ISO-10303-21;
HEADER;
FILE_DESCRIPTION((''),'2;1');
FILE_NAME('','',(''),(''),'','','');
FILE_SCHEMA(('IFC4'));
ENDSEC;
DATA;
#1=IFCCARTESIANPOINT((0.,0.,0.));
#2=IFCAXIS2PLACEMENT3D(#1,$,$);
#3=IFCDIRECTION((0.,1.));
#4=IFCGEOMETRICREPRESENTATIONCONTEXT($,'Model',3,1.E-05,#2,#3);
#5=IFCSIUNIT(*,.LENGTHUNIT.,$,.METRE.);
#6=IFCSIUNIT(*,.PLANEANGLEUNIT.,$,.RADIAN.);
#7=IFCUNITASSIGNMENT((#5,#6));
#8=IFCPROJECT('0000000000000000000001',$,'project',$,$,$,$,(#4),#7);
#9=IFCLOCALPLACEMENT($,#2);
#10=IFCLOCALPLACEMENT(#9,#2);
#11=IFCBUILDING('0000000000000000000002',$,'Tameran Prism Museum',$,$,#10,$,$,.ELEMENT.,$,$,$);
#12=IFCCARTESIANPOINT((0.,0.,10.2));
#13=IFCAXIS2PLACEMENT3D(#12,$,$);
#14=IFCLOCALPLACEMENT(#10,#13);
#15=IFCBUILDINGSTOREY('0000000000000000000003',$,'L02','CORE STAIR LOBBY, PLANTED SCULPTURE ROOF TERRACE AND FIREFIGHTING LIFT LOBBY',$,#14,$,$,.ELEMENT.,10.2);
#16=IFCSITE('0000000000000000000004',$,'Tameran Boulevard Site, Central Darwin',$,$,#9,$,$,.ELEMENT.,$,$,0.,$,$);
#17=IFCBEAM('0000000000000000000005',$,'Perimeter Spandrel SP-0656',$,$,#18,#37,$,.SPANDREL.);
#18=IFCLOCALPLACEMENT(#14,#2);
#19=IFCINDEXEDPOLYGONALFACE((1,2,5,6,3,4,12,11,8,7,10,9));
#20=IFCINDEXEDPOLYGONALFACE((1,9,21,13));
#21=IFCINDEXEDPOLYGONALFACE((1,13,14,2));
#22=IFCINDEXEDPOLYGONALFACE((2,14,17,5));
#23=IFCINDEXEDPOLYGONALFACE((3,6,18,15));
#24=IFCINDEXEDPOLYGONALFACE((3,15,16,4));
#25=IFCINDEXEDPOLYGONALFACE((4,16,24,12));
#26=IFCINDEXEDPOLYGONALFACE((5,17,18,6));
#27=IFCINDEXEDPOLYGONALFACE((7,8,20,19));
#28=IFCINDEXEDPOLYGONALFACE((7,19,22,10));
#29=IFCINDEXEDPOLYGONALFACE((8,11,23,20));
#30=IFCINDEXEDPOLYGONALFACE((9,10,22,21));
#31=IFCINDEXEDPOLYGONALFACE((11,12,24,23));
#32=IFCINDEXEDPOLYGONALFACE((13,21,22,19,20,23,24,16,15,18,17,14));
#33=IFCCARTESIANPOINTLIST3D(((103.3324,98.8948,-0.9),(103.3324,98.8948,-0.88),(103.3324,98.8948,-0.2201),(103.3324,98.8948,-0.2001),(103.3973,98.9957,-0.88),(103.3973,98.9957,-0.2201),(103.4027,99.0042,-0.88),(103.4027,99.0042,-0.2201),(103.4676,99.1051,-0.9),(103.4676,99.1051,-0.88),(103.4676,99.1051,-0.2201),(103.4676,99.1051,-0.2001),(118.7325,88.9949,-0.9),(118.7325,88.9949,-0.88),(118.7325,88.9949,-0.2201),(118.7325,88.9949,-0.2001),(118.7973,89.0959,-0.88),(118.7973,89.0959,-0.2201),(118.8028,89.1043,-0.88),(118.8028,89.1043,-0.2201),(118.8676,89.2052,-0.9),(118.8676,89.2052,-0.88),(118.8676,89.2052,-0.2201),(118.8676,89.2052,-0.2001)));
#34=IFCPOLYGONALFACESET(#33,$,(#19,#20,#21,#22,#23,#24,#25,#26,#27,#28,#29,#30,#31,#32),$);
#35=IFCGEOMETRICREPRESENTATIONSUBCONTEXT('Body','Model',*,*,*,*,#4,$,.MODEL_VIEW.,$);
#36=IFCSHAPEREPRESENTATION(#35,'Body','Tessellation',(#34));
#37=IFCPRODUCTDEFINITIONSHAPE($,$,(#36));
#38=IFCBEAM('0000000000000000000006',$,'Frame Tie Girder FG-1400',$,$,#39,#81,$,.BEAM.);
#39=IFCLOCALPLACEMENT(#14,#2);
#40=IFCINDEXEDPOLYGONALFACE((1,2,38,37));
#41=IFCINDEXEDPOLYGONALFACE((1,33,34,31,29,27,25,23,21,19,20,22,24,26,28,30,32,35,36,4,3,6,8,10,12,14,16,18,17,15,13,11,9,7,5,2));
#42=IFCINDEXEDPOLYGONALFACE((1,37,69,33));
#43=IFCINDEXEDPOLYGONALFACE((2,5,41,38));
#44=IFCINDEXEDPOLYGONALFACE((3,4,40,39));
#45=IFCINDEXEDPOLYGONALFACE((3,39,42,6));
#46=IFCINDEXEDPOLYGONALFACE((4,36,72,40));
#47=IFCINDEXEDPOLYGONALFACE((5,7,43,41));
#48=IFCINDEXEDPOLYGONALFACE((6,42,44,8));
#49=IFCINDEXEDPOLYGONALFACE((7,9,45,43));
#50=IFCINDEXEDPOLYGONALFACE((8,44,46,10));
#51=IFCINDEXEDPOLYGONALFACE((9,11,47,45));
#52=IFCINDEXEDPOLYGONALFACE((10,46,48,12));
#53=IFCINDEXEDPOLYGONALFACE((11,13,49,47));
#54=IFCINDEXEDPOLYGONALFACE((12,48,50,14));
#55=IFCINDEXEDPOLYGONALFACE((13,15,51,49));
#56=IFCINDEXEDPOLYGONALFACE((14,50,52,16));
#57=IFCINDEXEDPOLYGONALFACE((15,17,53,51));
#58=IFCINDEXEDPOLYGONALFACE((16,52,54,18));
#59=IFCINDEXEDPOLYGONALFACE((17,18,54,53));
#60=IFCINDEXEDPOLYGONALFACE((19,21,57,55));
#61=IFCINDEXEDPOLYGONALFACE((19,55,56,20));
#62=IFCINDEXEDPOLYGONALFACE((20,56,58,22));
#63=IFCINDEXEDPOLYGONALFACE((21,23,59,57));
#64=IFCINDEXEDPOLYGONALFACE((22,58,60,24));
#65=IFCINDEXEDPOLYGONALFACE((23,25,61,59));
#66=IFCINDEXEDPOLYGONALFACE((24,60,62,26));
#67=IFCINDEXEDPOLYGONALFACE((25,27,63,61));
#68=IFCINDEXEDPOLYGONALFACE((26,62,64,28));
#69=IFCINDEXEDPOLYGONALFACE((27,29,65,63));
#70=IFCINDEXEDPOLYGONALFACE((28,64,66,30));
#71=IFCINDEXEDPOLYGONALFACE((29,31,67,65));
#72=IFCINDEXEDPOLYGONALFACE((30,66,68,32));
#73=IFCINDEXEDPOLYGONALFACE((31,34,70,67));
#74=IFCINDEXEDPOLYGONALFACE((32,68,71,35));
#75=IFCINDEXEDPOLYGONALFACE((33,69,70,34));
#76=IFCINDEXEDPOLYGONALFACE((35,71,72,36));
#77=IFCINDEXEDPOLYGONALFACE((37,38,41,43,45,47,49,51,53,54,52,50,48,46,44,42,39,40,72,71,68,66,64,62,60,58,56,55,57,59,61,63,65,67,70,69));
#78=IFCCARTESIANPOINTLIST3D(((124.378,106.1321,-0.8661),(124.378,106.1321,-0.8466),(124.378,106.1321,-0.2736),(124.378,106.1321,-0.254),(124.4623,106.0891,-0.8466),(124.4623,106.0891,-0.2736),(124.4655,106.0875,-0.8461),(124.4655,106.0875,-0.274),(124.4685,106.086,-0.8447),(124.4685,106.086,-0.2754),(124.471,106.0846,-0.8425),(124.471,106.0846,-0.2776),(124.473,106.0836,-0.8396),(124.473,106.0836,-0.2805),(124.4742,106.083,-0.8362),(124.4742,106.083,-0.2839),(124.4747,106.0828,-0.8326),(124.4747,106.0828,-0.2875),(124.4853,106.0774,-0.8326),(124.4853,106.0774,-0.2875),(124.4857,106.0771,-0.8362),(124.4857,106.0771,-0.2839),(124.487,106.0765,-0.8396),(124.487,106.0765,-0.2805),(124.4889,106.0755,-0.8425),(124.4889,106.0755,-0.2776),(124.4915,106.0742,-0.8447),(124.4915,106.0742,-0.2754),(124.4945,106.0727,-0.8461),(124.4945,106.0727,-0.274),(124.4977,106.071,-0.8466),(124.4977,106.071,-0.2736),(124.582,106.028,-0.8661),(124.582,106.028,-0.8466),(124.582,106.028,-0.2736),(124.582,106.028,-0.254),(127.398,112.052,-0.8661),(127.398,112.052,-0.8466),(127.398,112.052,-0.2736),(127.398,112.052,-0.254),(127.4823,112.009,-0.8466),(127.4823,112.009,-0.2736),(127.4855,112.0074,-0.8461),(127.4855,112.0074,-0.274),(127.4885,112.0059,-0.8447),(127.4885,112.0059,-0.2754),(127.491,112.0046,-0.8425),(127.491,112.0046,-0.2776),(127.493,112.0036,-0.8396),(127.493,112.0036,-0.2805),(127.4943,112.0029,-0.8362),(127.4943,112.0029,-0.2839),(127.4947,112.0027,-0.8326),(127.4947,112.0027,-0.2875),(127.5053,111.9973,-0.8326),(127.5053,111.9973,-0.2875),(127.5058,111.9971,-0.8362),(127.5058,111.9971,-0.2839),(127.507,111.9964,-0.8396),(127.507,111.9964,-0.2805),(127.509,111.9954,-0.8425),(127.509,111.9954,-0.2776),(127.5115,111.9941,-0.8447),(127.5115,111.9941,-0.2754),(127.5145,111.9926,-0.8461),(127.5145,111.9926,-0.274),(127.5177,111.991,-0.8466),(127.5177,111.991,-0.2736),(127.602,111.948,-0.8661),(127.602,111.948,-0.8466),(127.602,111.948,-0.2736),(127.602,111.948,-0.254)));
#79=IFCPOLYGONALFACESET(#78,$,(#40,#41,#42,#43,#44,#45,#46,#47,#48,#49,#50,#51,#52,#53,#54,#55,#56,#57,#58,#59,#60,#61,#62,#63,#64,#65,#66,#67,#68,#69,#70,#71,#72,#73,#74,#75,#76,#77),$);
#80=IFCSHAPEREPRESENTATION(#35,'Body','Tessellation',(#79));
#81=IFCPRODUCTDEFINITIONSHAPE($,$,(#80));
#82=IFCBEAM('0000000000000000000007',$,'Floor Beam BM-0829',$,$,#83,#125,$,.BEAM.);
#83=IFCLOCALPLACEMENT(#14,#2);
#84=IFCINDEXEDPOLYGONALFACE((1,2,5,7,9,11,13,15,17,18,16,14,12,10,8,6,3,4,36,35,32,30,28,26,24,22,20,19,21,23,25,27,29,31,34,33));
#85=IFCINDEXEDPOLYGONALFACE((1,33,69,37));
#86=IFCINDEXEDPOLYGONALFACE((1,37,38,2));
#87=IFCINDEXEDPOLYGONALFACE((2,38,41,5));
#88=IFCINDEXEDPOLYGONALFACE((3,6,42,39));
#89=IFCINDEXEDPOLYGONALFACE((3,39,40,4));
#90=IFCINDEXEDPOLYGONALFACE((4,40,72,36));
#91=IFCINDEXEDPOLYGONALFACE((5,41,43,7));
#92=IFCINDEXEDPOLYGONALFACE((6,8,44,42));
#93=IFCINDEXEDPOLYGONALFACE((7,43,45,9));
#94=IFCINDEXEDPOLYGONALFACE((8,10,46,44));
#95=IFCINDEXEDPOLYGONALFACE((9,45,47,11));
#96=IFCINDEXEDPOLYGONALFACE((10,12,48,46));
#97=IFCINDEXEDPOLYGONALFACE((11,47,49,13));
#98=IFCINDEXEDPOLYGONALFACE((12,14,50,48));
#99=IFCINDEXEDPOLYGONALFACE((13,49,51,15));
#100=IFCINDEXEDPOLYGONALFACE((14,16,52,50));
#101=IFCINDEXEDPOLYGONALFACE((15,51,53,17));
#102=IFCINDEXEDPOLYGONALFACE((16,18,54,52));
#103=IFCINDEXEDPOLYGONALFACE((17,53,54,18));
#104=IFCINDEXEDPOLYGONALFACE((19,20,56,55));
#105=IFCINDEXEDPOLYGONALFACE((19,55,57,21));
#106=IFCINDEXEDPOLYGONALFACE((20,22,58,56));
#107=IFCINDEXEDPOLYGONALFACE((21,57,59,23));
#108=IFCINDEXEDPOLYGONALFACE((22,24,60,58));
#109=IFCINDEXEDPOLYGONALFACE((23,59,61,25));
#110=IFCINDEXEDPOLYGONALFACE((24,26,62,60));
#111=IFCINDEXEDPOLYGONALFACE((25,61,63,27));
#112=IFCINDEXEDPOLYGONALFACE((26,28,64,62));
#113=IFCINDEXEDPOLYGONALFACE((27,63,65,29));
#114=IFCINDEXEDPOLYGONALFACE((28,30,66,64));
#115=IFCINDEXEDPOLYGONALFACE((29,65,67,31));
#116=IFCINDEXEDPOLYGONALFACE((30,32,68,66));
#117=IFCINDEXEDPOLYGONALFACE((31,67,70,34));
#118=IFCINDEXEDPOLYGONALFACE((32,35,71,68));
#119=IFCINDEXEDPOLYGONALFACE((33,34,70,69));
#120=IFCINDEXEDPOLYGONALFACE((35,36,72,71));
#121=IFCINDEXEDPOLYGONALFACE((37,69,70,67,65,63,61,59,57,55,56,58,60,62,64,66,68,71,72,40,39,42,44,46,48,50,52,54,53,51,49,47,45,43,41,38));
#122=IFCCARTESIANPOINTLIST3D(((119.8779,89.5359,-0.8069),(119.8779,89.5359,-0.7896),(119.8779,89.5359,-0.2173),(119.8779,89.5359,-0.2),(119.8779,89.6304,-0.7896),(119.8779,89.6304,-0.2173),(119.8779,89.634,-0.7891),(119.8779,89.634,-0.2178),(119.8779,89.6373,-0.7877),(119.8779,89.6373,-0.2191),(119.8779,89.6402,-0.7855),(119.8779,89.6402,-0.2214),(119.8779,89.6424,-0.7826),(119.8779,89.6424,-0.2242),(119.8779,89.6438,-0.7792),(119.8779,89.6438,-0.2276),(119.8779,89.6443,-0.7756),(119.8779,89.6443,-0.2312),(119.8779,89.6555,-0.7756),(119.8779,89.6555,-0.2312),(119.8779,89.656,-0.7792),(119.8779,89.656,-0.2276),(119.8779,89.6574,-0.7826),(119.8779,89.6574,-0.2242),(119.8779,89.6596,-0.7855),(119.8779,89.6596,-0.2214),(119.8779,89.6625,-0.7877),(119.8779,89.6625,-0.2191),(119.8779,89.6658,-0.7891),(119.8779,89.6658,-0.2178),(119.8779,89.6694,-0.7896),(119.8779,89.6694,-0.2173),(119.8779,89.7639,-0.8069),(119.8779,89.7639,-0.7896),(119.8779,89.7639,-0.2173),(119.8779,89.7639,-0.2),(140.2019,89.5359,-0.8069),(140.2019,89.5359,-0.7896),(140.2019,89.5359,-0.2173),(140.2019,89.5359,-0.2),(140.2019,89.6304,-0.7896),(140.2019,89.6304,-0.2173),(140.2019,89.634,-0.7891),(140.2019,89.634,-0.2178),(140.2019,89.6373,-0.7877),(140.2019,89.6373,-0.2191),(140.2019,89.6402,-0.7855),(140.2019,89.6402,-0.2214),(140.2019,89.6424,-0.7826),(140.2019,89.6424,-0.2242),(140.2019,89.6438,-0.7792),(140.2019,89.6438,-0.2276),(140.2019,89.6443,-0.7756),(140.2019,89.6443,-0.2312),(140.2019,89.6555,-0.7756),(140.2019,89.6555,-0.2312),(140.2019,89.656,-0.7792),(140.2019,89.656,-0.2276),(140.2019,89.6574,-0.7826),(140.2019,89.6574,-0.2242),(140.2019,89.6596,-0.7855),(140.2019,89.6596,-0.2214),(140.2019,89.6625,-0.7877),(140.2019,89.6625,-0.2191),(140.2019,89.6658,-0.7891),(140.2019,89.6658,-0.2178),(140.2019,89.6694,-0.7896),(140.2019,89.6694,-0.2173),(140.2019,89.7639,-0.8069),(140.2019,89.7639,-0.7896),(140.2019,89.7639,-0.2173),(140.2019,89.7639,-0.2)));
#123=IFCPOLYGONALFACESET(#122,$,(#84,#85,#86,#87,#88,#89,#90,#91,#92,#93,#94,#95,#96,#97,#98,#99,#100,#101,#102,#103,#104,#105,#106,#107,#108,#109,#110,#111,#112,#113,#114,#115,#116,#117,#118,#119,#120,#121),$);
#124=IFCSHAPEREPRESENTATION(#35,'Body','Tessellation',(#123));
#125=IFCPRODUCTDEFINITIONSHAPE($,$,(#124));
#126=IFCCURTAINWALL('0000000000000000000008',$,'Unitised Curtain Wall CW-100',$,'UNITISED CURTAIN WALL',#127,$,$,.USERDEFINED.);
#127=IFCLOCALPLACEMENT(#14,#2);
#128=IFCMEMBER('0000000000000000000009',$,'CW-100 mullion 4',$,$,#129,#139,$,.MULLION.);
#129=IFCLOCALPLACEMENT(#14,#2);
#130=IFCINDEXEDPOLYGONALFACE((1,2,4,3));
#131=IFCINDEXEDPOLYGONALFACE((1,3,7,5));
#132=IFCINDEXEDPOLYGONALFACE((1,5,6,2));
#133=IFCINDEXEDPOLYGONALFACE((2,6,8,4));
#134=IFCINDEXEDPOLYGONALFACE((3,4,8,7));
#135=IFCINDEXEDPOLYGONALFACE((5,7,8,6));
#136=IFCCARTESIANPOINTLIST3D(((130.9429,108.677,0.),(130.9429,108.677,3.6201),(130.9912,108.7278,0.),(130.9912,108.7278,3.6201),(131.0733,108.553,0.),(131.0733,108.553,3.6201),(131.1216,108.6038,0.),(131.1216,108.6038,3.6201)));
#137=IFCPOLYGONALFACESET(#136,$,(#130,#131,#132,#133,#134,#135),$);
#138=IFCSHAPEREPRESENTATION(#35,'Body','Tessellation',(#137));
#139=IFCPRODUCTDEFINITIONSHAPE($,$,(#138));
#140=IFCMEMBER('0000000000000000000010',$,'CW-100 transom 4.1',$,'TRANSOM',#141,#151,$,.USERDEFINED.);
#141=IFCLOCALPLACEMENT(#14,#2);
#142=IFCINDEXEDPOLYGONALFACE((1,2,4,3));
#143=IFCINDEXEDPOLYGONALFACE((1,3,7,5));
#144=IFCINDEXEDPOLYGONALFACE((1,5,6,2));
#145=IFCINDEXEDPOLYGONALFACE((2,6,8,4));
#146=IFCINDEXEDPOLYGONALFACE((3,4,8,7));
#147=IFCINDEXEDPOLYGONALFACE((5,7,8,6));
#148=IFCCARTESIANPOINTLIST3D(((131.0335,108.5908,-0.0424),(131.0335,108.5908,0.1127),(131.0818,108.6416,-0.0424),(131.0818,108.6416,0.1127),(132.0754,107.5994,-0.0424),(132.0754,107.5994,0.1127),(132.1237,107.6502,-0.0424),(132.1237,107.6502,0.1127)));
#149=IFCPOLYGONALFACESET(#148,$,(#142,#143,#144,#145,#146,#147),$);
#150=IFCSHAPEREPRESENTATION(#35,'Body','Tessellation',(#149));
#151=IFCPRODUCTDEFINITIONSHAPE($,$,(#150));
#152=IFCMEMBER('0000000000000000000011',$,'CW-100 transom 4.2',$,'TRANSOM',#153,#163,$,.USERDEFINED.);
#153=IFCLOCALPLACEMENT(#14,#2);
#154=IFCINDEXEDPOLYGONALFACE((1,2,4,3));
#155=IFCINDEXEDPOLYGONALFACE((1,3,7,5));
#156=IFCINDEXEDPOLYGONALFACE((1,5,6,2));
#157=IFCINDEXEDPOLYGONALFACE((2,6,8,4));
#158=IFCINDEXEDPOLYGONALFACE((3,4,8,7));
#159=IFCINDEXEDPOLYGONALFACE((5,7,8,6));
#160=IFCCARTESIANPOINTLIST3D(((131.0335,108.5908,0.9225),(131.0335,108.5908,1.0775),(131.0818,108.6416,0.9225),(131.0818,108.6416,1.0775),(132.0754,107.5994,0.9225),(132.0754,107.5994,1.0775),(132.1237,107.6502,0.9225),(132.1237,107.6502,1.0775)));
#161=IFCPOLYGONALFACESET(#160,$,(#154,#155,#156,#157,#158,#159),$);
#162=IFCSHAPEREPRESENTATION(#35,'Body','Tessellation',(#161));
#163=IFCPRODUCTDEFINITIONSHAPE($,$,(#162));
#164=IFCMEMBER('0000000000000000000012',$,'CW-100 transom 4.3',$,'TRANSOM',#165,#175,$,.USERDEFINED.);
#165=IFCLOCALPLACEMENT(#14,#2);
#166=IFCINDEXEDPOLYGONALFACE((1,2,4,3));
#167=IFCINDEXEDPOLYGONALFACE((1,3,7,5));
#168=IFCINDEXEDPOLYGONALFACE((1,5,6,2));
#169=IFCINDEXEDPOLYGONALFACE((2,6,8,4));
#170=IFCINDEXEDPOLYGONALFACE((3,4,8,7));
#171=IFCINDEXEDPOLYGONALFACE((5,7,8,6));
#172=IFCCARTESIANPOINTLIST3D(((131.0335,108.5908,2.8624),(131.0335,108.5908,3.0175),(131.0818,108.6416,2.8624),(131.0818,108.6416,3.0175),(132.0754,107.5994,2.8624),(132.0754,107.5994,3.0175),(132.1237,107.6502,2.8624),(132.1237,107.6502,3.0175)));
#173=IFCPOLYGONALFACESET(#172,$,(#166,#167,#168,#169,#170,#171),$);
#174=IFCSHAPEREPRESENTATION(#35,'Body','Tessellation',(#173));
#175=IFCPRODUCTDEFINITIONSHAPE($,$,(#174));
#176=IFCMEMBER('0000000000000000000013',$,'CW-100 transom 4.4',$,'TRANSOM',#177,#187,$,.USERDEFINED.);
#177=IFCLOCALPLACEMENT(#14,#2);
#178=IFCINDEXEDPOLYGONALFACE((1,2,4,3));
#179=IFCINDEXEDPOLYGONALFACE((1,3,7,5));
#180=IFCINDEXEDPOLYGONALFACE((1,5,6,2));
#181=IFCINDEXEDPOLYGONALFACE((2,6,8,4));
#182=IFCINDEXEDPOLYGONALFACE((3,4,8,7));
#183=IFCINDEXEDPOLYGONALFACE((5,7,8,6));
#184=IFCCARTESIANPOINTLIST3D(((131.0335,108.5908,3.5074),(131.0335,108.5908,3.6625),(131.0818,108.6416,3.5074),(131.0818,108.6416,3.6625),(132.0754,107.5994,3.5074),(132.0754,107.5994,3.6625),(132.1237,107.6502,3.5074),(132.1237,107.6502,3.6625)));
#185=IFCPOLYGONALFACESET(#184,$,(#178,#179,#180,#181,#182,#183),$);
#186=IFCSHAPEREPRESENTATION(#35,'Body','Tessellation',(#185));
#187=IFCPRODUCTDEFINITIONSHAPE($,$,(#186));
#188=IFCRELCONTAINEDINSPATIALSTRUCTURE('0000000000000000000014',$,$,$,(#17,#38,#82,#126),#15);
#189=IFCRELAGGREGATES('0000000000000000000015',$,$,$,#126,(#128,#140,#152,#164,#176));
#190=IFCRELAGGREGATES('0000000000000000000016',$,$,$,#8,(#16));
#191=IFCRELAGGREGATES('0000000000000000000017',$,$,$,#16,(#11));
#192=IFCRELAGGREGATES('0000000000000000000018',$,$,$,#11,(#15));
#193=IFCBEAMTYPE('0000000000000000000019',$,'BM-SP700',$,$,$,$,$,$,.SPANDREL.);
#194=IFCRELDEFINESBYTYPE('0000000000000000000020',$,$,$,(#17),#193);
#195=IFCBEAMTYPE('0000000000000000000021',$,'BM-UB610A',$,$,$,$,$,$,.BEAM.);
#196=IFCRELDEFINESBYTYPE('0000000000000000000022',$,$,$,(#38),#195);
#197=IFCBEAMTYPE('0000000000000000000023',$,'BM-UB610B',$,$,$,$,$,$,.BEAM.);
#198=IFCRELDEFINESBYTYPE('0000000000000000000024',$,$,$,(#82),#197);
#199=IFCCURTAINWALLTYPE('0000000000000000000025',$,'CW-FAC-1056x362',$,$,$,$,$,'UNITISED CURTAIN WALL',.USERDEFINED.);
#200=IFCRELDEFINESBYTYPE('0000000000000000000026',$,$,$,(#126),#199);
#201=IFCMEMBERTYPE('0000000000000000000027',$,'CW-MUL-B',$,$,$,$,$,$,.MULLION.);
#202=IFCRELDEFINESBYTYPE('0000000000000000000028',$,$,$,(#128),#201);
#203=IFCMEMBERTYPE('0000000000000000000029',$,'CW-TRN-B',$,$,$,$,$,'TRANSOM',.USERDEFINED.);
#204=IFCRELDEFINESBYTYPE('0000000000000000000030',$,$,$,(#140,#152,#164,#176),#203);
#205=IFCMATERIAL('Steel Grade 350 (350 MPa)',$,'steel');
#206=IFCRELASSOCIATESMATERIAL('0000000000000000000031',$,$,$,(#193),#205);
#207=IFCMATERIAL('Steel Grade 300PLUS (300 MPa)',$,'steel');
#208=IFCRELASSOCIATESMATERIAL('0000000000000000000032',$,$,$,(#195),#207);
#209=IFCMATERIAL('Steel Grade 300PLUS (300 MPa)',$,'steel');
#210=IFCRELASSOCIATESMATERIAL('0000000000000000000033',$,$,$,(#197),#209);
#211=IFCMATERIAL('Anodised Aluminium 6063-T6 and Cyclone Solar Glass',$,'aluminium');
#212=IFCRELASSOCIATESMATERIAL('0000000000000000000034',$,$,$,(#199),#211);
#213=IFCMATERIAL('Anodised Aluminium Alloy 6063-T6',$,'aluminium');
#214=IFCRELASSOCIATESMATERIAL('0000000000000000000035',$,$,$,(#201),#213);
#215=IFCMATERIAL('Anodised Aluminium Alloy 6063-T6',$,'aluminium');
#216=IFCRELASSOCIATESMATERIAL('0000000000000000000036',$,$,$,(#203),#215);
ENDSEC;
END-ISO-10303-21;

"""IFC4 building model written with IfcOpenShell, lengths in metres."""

from ifc_helpers import new_model, si_unit, direction, frame, origin, origin_2d, place, context, subcontext, project, spatial, rectangle, i_section, extrude, material, material_profile, profile_set, type_object, element, aggregate, save


model = new_model("IFC4")

# Units and contexts
model_context = context("Model", 3, precision=1e-05, world=origin(), true_north=direction((0.0, 1.0)))
body_context = subcontext(model_context, "Body", "Model", "MODEL_VIEW")
ifc_project = project(units=[si_unit("LENGTHUNIT", "METRE"), si_unit("PLANEANGLEUNIT", "RADIAN")], contexts=[model_context])

# Site, building, storey
site_placement = place(None, origin())
site = spatial("IfcSite", under=ifc_project, at=site_placement, Name="Tameran Boulevard Site, Central Darwin", CompositionType="ELEMENT", RefElevation=0.0)
building_placement = place(site_placement, origin())
building = spatial("IfcBuilding", under=site, at=building_placement, Name="Tameran Prism Museum", CompositionType="ELEMENT")
storey_placement = place(building_placement, frame((0.0, 0.0, 10.2)))
storey = spatial("IfcBuildingStorey", under=building, at=storey_placement, Name="L02", Description="CORE STAIR LOBBY, PLANTED SCULPTURE ROOF TERRACE AND FIREFIGHTING LIFT LOBBY", CompositionType="ELEMENT", Elevation=10.2)

# Beams
ifc_material_1 = material(Name="Steel Grade 350 (350 MPa)", Category="steel")
ifc_material_profile_1 = material_profile(ifc_material_1, i_section(OverallWidth=0.25, OverallDepth=0.7, WebThickness=0.01, FlangeThickness=0.02, at=origin_2d()))
ifc_profile_set_1 = profile_set([ifc_material_profile_1])
beam_type_1 = type_object("IfcBeamType", Name="BM-SP700", PredefinedType="SPANDREL", material=ifc_profile_set_1)
beam_1_placement = place(storey_placement, frame((118.8, 89.1001, -0.55), z_axis=(-0.841183, 0.54075, 0.0), x_axis=(-0.54075, -0.841183, 0.0)))
element("IfcBeam", 1, at=beam_1_placement, inside=storey, type_object=beam_type_1, Name="Perimeter Spandrel SP-0656", PredefinedType="SPANDREL", context=body_context, shape_type="SweptSolid", body=[
    extrude(i_section(OverallWidth=0.25, OverallDepth=0.7, WebThickness=0.01, FlangeThickness=0.02, at=origin_2d()), origin(), (0.0, 0.0, 1.0), 18.3076),
])
ifc_material_2 = material(Name="Steel Grade 300PLUS (300 MPa)", Category="steel")
ifc_material_profile_2 = material_profile(ifc_material_2, i_section(OverallWidth=0.229, OverallDepth=0.6121, WebThickness=0.012, FlangeThickness=0.0195, FilletRadius=0.0139, at=origin_2d()))
ifc_profile_set_2 = profile_set([ifc_material_profile_2])
beam_type_2 = type_object("IfcBeamType", Name="BM-UB610A", PredefinedType="BEAM", material=ifc_profile_set_2)
beam_2_placement = place(storey_placement, frame((124.48, 106.0801, -0.5601), z_axis=(0.454429, 0.890783, 0.0), x_axis=(-0.890783, 0.454429, 0.0)))
element("IfcBeam", 2, at=beam_2_placement, inside=storey, type_object=beam_type_2, Name="Frame Tie Girder FG-1400", PredefinedType="BEAM", context=body_context, shape_type="SweptSolid", body=[
    extrude(i_section(OverallWidth=0.229, OverallDepth=0.6121, WebThickness=0.012, FlangeThickness=0.0195, FilletRadius=0.0139, at=origin_2d()), origin(), (0.0, 0.0, 1.0), 6.6458),
])
ifc_material_3 = material(Name="Steel Grade 300PLUS (300 MPa)", Category="steel")
ifc_material_profile_3 = material_profile(ifc_material_3, i_section(OverallWidth=0.228, OverallDepth=0.6069, WebThickness=0.0112, FlangeThickness=0.0173, FilletRadius=0.0139, at=origin_2d()))
ifc_profile_set_3 = profile_set([ifc_material_profile_3])
beam_type_3 = type_object("IfcBeamType", Name="BM-UB610B", PredefinedType="BEAM", material=ifc_profile_set_3)
beam_3_placement = place(storey_placement, frame((119.8779, 89.6499, -0.5034), z_axis=(1.0, 0.0, 0.0), x_axis=(0.0, 1.0, 0.0)))
element("IfcBeam", 3, at=beam_3_placement, inside=storey, type_object=beam_type_3, Name="Floor Beam BM-0829", PredefinedType="BEAM", context=body_context, shape_type="SweptSolid", body=[
    extrude(i_section(OverallWidth=0.228, OverallDepth=0.6069, WebThickness=0.0112, FlangeThickness=0.0173, FilletRadius=0.0139, at=origin_2d()), origin(), (0.0, 0.0, 1.0), 20.324),
])

# Curtain wall, members
ifc_material_4 = material(Name="Anodised Aluminium 6063-T6 and Cyclone Solar Glass", Category="aluminium")
curtain_wall_type = type_object("IfcCurtainWallType", Name="CW-FAC-1056x362", ElementType="UNITISED CURTAIN WALL", PredefinedType="USERDEFINED", material=ifc_material_4)
curtain_wall_placement = place(storey_placement, origin())
curtain_wall = element("IfcCurtainWall", 4, at=curtain_wall_placement, inside=storey, type_object=curtain_wall_type, Name="Unitised Curtain Wall CW-100", ObjectType="UNITISED CURTAIN WALL", PredefinedType="USERDEFINED")
ifc_material_5 = material(Name="Anodised Aluminium Alloy 6063-T6", Category="aluminium")
ifc_material_profile_4 = material_profile(ifc_material_5, rectangle(XDim=0.0701, YDim=0.1799, at=origin_2d()))
ifc_profile_set_4 = profile_set([ifc_material_profile_4])
member_type_1 = type_object("IfcMemberType", Name="CW-MUL-B", PredefinedType="MULLION", material=ifc_profile_set_4)
member_1_placement = place(storey_placement, frame((131.0322, 108.6404, 0.0), z_axis=(0.0, 0.0, 1.0), x_axis=(0.68927, 0.724505, 0.0)))
member_1 = element("IfcMember", 5, at=member_1_placement, type_object=member_type_1, Name="CW-100 mullion 4", PredefinedType="MULLION", context=body_context, shape_type="SweptSolid", body=[
    extrude(rectangle(XDim=0.0701, YDim=0.1799, at=origin_2d()), origin(), (0.0, 0.0, 1.0), 3.6201),
])
ifc_material_6 = material(Name="Anodised Aluminium Alloy 6063-T6", Category="aluminium")
ifc_material_profile_5 = material_profile(ifc_material_6, rectangle(XDim=0.0701, YDim=0.155, at=origin_2d()))
ifc_profile_set_5 = profile_set([ifc_material_profile_5])
member_type_2 = type_object("IfcMemberType", Name="CW-TRN-B", ElementType="TRANSOM", PredefinedType="USERDEFINED", material=ifc_profile_set_5)
member_2_placement = place(storey_placement, frame((131.0576, 108.6162, 0.0352), z_axis=(0.724457, -0.68932, 0.0), x_axis=(0.68932, 0.724457, 0.0)))
member_2 = element("IfcMember", 6, at=member_2_placement, type_object=member_type_2, Name="CW-100 transom 4.1", ObjectType="TRANSOM", PredefinedType="USERDEFINED", context=body_context, shape_type="SweptSolid", body=[
    extrude(rectangle(XDim=0.0701, YDim=0.155, at=origin_2d()), origin(), (0.0, 0.0, 1.0), 1.4382),
])
member_3_placement = place(storey_placement, frame((131.0576, 108.6162, 1.0), z_axis=(0.724457, -0.68932, 0.0), x_axis=(0.68932, 0.724457, 0.0)))
member_3 = element("IfcMember", 7, at=member_3_placement, type_object=member_type_2, Name="CW-100 transom 4.2", ObjectType="TRANSOM", PredefinedType="USERDEFINED", context=body_context, shape_type="SweptSolid", body=[
    extrude(rectangle(XDim=0.0701, YDim=0.155, at=origin_2d()), origin(), (0.0, 0.0, 1.0), 1.4382),
])
member_4_placement = place(storey_placement, frame((131.0576, 108.6162, 2.9399), z_axis=(0.724457, -0.68932, 0.0), x_axis=(0.68932, 0.724457, 0.0)))
member_4 = element("IfcMember", 8, at=member_4_placement, type_object=member_type_2, Name="CW-100 transom 4.3", ObjectType="TRANSOM", PredefinedType="USERDEFINED", context=body_context, shape_type="SweptSolid", body=[
    extrude(rectangle(XDim=0.0701, YDim=0.155, at=origin_2d()), origin(), (0.0, 0.0, 1.0), 1.4382),
])
member_5_placement = place(storey_placement, frame((131.0576, 108.6162, 3.585), z_axis=(0.724457, -0.68932, 0.0), x_axis=(0.68932, 0.724457, 0.0)))
member_5 = element("IfcMember", 9, at=member_5_placement, type_object=member_type_2, Name="CW-100 transom 4.4", ObjectType="TRANSOM", PredefinedType="USERDEFINED", context=body_context, shape_type="SweptSolid", body=[
    extrude(rectangle(XDim=0.0701, YDim=0.155, at=origin_2d()), origin(), (0.0, 0.0, 1.0), 1.4382),
])

aggregate(curtain_wall, [member_1, member_2, member_3, member_4, member_5])

save(model, "model.ifc")
